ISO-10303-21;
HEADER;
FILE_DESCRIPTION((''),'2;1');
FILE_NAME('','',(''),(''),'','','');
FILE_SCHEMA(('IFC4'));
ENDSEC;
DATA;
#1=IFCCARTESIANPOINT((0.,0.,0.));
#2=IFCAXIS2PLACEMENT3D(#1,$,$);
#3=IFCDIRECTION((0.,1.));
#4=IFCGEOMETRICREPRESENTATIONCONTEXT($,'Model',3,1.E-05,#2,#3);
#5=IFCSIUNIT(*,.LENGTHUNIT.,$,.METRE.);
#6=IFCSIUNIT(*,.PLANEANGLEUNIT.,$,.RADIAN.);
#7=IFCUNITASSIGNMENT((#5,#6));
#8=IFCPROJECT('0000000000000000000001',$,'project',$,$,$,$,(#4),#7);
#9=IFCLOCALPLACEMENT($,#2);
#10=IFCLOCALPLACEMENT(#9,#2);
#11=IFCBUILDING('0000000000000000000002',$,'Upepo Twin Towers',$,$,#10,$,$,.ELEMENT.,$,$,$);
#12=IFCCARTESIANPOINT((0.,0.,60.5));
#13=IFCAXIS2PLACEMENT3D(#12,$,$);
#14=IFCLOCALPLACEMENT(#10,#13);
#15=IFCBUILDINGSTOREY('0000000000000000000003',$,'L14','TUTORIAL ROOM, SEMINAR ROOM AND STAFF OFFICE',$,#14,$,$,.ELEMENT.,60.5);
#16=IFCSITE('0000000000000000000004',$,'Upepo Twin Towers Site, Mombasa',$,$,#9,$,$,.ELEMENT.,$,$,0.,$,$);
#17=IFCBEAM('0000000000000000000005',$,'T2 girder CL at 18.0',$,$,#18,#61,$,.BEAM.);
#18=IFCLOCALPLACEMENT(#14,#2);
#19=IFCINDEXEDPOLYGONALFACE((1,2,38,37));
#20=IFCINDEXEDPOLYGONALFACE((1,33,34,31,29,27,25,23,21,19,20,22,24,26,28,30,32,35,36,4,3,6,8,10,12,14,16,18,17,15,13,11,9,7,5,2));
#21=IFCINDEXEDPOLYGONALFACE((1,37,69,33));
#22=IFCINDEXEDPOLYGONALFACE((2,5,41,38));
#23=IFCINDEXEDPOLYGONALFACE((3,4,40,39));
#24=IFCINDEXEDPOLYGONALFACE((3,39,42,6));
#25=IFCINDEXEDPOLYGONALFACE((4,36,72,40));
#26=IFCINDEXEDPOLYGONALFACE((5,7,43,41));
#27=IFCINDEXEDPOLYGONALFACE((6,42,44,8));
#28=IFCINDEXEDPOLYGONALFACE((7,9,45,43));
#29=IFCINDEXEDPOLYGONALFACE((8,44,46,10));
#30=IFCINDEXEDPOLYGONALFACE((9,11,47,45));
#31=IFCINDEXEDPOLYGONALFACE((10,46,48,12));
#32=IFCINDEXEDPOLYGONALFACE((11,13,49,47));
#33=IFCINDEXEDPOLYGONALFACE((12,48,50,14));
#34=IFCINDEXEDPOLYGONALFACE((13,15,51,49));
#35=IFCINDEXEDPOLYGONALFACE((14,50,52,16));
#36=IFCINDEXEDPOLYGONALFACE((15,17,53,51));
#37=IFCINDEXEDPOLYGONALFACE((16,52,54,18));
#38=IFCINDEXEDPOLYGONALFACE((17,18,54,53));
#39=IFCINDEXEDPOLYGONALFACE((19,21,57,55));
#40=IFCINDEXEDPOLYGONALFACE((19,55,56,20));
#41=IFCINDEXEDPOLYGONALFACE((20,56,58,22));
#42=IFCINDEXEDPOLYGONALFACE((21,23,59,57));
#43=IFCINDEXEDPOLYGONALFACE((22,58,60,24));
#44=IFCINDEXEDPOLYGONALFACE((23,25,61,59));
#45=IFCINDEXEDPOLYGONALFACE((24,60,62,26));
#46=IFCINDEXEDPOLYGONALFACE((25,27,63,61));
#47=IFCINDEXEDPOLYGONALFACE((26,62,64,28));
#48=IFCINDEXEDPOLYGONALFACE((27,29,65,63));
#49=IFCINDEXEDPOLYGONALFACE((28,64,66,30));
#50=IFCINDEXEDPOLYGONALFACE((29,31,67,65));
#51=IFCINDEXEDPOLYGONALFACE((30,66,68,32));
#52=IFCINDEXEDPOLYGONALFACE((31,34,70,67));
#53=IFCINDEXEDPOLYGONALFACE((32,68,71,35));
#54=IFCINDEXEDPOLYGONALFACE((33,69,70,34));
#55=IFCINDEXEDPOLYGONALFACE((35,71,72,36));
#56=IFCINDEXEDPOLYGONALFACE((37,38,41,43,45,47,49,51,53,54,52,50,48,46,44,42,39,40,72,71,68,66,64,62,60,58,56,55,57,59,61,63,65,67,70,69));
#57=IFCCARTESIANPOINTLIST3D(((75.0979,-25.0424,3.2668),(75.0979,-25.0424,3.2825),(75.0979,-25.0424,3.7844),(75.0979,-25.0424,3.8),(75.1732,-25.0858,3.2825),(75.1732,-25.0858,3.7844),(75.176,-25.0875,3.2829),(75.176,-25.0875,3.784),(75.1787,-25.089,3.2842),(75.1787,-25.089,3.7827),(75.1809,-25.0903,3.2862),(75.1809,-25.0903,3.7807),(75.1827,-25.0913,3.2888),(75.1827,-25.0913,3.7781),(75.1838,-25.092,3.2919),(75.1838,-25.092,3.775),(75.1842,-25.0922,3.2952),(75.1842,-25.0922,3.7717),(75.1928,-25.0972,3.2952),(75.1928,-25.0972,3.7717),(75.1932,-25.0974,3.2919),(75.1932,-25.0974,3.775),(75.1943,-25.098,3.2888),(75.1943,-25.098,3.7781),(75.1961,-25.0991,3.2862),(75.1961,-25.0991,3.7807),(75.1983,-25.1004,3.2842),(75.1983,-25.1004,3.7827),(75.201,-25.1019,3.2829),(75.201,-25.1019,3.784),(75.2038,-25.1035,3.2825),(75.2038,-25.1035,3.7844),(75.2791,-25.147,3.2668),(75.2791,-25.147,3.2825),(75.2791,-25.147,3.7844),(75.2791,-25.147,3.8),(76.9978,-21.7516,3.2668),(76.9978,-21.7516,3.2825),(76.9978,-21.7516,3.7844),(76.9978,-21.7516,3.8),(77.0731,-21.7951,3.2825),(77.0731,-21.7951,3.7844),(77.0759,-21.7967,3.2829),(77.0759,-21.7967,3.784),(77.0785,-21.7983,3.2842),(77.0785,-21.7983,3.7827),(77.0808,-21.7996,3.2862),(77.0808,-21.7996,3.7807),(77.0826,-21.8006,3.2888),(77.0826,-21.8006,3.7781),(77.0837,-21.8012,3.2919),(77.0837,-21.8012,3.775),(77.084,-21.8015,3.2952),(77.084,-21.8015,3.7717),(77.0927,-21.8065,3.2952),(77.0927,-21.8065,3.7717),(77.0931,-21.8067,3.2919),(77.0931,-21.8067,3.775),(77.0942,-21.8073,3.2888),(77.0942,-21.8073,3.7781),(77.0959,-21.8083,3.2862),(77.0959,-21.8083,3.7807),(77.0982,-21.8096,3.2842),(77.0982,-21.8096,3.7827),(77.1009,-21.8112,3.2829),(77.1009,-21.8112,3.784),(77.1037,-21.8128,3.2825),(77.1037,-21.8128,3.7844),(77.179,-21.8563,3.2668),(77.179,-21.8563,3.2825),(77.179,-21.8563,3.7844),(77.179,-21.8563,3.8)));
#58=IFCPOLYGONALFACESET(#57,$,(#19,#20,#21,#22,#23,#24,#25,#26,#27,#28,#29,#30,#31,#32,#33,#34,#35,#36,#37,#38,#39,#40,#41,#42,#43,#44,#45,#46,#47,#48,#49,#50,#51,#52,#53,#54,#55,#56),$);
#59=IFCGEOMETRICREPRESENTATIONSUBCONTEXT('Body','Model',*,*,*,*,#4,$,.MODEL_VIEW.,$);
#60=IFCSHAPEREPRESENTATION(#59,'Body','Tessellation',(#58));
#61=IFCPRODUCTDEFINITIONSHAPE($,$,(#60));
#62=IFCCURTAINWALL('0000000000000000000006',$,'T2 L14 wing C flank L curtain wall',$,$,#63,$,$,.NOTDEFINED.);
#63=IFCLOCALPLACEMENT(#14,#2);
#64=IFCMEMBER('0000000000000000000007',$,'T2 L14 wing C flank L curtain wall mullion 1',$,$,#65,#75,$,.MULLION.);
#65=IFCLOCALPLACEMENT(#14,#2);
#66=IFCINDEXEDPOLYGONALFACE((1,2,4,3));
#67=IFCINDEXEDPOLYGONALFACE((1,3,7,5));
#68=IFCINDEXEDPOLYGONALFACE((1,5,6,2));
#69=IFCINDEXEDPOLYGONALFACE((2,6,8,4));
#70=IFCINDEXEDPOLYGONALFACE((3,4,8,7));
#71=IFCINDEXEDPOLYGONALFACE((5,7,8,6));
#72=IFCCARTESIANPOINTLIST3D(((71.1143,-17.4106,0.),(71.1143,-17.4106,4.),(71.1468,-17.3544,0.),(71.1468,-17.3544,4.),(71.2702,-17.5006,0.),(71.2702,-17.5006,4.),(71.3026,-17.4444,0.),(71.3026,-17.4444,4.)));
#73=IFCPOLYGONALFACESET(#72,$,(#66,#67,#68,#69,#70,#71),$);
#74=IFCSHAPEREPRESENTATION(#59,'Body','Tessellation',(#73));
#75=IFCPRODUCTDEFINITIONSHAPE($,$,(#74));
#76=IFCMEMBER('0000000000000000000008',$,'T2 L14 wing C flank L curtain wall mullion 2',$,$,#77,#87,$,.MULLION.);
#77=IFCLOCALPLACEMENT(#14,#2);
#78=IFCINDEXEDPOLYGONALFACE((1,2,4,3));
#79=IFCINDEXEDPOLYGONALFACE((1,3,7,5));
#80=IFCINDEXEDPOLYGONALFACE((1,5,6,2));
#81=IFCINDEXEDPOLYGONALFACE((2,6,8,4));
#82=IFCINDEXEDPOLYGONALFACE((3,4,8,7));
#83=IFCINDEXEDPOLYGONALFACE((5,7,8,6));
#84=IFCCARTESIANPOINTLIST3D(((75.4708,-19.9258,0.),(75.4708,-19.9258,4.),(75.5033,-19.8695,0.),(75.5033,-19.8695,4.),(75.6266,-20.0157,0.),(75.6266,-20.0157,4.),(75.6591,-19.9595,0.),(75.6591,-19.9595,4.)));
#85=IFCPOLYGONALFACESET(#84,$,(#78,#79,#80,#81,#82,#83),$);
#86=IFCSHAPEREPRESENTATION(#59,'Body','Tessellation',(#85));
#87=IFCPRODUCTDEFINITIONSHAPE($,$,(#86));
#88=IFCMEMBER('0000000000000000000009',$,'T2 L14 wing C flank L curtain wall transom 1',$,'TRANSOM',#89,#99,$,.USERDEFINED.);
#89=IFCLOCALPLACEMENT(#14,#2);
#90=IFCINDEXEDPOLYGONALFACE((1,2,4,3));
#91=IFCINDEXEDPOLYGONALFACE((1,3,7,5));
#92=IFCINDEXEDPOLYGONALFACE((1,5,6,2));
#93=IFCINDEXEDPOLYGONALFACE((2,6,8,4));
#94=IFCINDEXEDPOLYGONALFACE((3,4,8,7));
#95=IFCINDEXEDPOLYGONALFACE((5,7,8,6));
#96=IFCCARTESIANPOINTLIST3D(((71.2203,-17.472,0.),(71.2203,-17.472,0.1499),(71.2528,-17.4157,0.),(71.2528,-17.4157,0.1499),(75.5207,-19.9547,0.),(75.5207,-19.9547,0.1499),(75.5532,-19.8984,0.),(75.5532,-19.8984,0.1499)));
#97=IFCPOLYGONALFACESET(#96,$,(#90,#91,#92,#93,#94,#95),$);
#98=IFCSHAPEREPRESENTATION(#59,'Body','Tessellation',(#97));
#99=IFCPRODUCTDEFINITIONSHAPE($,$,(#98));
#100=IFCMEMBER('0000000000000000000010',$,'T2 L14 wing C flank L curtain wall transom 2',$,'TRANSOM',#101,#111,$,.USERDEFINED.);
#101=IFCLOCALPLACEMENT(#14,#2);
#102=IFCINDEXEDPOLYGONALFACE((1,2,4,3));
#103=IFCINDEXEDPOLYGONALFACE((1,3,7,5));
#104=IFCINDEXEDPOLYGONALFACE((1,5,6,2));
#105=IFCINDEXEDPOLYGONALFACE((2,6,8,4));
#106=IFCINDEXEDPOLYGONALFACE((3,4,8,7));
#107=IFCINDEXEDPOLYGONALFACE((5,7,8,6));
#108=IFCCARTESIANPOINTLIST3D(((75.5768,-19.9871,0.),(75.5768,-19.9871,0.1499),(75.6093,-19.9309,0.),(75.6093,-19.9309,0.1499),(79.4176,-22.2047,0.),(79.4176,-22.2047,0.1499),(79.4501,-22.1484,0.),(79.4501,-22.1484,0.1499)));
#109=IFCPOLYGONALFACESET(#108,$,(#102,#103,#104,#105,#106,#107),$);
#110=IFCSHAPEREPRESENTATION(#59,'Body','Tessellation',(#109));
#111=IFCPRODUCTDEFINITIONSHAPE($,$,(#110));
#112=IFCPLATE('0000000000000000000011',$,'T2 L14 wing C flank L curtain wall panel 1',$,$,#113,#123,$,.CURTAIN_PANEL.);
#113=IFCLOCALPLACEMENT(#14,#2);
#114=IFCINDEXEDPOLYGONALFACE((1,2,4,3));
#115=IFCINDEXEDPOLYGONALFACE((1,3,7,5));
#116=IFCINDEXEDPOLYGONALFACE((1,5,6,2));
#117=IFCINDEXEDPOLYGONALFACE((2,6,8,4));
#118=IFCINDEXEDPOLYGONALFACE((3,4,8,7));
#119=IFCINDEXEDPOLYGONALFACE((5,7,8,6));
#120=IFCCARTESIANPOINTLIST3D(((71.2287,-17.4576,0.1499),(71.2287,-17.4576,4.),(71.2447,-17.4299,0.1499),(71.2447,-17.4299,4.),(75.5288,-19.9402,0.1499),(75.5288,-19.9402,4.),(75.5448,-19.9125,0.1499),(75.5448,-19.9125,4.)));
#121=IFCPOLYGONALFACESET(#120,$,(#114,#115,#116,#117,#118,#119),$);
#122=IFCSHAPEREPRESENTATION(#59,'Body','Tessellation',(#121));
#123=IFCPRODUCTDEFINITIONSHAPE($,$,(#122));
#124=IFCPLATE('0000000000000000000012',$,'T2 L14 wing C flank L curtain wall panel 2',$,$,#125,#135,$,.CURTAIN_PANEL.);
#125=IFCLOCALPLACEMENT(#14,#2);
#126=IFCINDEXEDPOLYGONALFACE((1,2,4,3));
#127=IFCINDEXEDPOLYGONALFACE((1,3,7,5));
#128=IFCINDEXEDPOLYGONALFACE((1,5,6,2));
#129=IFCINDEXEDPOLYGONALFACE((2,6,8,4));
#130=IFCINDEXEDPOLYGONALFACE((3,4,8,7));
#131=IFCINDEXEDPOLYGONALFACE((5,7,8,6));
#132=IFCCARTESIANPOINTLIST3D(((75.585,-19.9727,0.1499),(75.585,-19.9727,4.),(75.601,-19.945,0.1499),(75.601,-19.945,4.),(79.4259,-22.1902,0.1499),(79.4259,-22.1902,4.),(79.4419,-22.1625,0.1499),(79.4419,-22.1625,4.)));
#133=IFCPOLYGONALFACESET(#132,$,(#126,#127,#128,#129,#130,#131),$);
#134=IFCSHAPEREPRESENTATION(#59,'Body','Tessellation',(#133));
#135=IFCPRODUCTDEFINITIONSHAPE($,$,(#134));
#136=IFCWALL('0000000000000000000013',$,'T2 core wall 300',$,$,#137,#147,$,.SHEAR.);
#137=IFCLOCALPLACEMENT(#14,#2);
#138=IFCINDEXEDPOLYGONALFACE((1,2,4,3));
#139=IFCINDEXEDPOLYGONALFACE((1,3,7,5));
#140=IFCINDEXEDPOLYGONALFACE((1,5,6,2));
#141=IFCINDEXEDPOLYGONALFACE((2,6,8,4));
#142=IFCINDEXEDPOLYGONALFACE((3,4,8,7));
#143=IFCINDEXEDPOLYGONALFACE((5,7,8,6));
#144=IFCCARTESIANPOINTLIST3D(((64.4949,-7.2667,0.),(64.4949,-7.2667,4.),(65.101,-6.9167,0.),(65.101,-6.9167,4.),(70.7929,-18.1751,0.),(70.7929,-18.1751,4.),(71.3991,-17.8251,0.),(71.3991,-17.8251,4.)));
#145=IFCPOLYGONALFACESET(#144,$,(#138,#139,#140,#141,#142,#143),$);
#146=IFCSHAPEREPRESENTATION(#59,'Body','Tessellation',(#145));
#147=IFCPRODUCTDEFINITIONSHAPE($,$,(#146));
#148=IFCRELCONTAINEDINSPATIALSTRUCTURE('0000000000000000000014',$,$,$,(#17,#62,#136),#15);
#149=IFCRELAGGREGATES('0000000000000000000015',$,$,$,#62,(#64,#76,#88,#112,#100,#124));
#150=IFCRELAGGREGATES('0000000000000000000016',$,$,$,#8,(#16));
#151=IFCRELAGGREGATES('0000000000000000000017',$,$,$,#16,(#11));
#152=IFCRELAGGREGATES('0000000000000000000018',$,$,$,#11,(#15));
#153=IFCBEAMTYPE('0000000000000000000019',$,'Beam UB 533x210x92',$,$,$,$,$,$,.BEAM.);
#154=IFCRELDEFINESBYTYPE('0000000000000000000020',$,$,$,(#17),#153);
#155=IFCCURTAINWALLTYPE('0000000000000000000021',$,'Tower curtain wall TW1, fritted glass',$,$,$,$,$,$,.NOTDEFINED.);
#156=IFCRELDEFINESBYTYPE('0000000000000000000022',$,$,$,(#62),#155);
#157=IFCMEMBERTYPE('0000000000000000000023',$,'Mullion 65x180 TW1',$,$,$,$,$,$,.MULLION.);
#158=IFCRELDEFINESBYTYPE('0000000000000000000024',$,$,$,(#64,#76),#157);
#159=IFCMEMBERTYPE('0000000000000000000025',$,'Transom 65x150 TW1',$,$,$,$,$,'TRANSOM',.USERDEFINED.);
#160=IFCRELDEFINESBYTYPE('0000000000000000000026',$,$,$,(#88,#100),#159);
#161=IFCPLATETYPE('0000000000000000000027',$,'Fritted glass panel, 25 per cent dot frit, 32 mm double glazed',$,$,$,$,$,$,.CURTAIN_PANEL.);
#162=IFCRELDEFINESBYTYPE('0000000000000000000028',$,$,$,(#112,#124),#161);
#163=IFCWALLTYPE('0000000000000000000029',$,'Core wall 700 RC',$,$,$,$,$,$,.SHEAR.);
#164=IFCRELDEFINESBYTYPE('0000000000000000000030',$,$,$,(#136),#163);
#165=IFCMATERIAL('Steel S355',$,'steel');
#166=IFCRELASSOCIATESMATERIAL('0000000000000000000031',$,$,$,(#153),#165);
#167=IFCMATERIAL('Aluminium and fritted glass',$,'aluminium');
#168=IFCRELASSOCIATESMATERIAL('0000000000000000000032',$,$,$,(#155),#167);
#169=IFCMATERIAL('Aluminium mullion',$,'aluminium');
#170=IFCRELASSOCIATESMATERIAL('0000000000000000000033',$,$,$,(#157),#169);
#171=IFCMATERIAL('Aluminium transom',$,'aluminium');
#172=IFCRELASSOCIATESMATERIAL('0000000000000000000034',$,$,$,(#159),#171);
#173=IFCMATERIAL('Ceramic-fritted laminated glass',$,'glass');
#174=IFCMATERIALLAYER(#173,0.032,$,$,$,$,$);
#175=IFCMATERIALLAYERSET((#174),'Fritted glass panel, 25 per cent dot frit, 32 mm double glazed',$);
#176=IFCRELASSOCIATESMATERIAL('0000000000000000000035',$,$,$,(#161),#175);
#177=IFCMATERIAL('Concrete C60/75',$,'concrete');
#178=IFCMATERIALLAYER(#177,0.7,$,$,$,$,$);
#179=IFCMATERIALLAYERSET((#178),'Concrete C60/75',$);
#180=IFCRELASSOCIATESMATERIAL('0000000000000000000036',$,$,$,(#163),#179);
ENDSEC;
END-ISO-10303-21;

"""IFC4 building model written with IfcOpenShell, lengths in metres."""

from ifc_helpers import new_model, si_unit, direction, frame, frame_2d, origin, origin_2d, place, context, subcontext, project, spatial, rectangle, i_section, extrude, material, layer, layer_set, material_profile, profile_set, type_object, element, aggregate, save


model = new_model("IFC4")

# Units and contexts
model_context = context("Model", 3, precision=1e-05, world=origin(), true_north=direction((0.0, 1.0)))
body_context = subcontext(model_context, "Body", "Model", "MODEL_VIEW")
ifc_project = project(units=[si_unit("LENGTHUNIT", "METRE"), si_unit("PLANEANGLEUNIT", "RADIAN")], contexts=[model_context])

# Site, building, storey
site_placement = place(None, origin())
site = spatial("IfcSite", under=ifc_project, at=site_placement, Name="Upepo Twin Towers Site, Mombasa", CompositionType="ELEMENT", RefElevation=0.0)
building_placement = place(site_placement, origin())
building = spatial("IfcBuilding", under=site, at=building_placement, Name="Upepo Twin Towers", CompositionType="ELEMENT")
storey_placement = place(building_placement, frame((0.0, 0.0, 60.5)))
storey = spatial("IfcBuildingStorey", under=building, at=storey_placement, Name="L14", Description="TUTORIAL ROOM, SEMINAR ROOM AND STAFF OFFICE", CompositionType="ELEMENT", Elevation=60.5)

# Beam
ifc_material_1 = material(Name="Steel S355", Category="steel")
ifc_material_profile_1 = material_profile(ifc_material_1, i_section(OverallWidth=0.2092, OverallDepth=0.5332, WebThickness=0.01, FlangeThickness=0.0156, FilletRadius=0.0127, at=origin_2d()), Name="UB 533x210x92")
ifc_profile_set_1 = profile_set([ifc_material_profile_1], Name="Steel S355")
beam_type_1 = type_object("IfcBeamType", Name="Beam UB 533x210x92", PredefinedType="BEAM", material=ifc_profile_set_1)
beam_1_placement = place(storey_placement, frame((77.0884, -21.804, 3.5334), z_axis=(-0.499995, -0.866028, 0.0), x_axis=(0.866028, -0.499995, 0.0)))
element("IfcBeam", 1, at=beam_1_placement, inside=storey, type_object=beam_type_1, Name="T2 girder CL at 18.0", PredefinedType="BEAM", context=body_context, shape_type="SweptSolid", body=[
    extrude(i_section(OverallWidth=0.2092, OverallDepth=0.5332, WebThickness=0.01, FlangeThickness=0.0156, FilletRadius=0.0127, at=origin_2d()), origin(), (0.0, 0.0, 1.0), 3.7998),
])

# Curtain wall, members, plates
ifc_material_2 = material(Name="Aluminium and fritted glass", Category="aluminium")
curtain_wall_type = type_object("IfcCurtainWallType", Name="Tower curtain wall TW1, fritted glass", PredefinedType="NOTDEFINED", material=ifc_material_2)
curtain_wall_placement = place(storey_placement, origin())
curtain_wall = element("IfcCurtainWall", 2, at=curtain_wall_placement, inside=storey, type_object=curtain_wall_type, Name="T2 L14 wing C flank L curtain wall", PredefinedType="NOTDEFINED")
ifc_material_3 = material(Name="Aluminium mullion", Category="aluminium")
ifc_material_profile_2 = material_profile(ifc_material_3, rectangle(XDim=0.0649, YDim=0.1799, at=origin_2d()), Name="MULLION 65x180")
ifc_profile_set_2 = profile_set([ifc_material_profile_2], Name="Aluminium mullion")
member_type_1 = type_object("IfcMemberType", Name="Mullion 65x180 TW1", PredefinedType="MULLION", material=ifc_profile_set_2)
member_1_placement = place(storey_placement, frame((71.2085, -17.4275, 0.0), z_axis=(0.0, 0.0, 1.0), x_axis=(0.5, 0.866025, 0.0)))
member_1 = element("IfcMember", 3, at=member_1_placement, type_object=member_type_1, Name="T2 L14 wing C flank L curtain wall mullion 1", PredefinedType="MULLION", context=body_context, shape_type="SweptSolid", body=[
    extrude(rectangle(XDim=0.0649, YDim=0.1799, at=origin_2d()), origin(), (0.0, 0.0, 1.0), 4.0),
])
member_2_placement = place(storey_placement, frame((75.5649, -19.9426, 0.0), z_axis=(0.0, 0.0, 1.0), x_axis=(0.5, 0.866025, 0.0)))
member_2 = element("IfcMember", 4, at=member_2_placement, type_object=member_type_1, Name="T2 L14 wing C flank L curtain wall mullion 2", PredefinedType="MULLION", context=body_context, shape_type="SweptSolid", body=[
    extrude(rectangle(XDim=0.0649, YDim=0.1799, at=origin_2d()), origin(), (0.0, 0.0, 1.0), 4.0),
])
ifc_material_4 = material(Name="Aluminium transom", Category="aluminium")
ifc_material_profile_3 = material_profile(ifc_material_4, rectangle(XDim=0.0649, YDim=0.1499, at=origin_2d()), Name="TRANSOM 65x150")
ifc_profile_set_3 = profile_set([ifc_material_profile_3], Name="Aluminium transom")
member_type_2 = type_object("IfcMemberType", Name="Transom 65x150 TW1", ElementType="TRANSOM", PredefinedType="USERDEFINED", material=ifc_profile_set_3)
member_3_placement = place(storey_placement, frame((71.2366, -17.4438, 0.075), z_axis=(0.866035, -0.499983, 0.0), x_axis=(0.499983, 0.866035, 0.0)))
member_3 = element("IfcMember", 5, at=member_3_placement, type_object=member_type_2, Name="T2 L14 wing C flank L curtain wall transom 1", ObjectType="TRANSOM", PredefinedType="USERDEFINED", context=body_context, shape_type="SweptSolid", body=[
    extrude(rectangle(XDim=0.0649, YDim=0.1499, at=origin_2d()), origin(), (0.0, 0.0, 1.0), 4.9656),
])
member_4_placement = place(storey_placement, frame((75.593, -19.959, 0.075), z_axis=(0.866022, -0.500005, 0.0), x_axis=(0.500005, 0.866022, 0.0)))
member_4 = element("IfcMember", 6, at=member_4_placement, type_object=member_type_2, Name="T2 L14 wing C flank L curtain wall transom 2", ObjectType="TRANSOM", PredefinedType="USERDEFINED", context=body_context, shape_type="SweptSolid", body=[
    extrude(rectangle(XDim=0.0649, YDim=0.1499, at=origin_2d()), origin(), (0.0, 0.0, 1.0), 4.4351),
])
ifc_material_5 = material(Name="Ceramic-fritted laminated glass", Category="glass")
ifc_layer_1 = layer(ifc_material_5, 0.032)
ifc_layer_set_1 = layer_set([ifc_layer_1], Name="Fritted glass panel, 25 per cent dot frit, 32 mm double glazed")
plate_type = type_object("IfcPlateType", Name="Fritted glass panel, 25 per cent dot frit, 32 mm double glazed", PredefinedType="CURTAIN_PANEL", material=ifc_layer_set_1)
plate_1_placement = place(storey_placement, frame((73.3867, -18.6851, 0.1499), z_axis=(0.0, 0.0, 1.0), x_axis=(0.866025, -0.5, 0.0)))
plate_1 = element("IfcPlate", 7, at=plate_1_placement, type_object=plate_type, Name="T2 L14 wing C flank L curtain wall panel 1", PredefinedType="CURTAIN_PANEL", context=body_context, shape_type="SweptSolid", body=[
    extrude(rectangle(XDim=4.9653, YDim=0.032, at=origin_2d()), origin(), (0.0, 0.0, 1.0), 3.8501),
])
plate_2_placement = place(storey_placement, frame((77.5134, -21.0676, 0.1499), z_axis=(0.0, 0.0, 1.0), x_axis=(0.866025, -0.5, 0.0)))
plate_2 = element("IfcPlate", 8, at=plate_2_placement, type_object=plate_type, Name="T2 L14 wing C flank L curtain wall panel 2", PredefinedType="CURTAIN_PANEL", context=body_context, shape_type="SweptSolid", body=[
    extrude(rectangle(XDim=4.4351, YDim=0.032, at=origin_2d()), origin(), (0.0, 0.0, 1.0), 3.8501),
])
aggregate(curtain_wall, [member_1, member_2, member_3, plate_1, member_4, plate_2])

# Wall
ifc_material_6 = material(Name="Concrete C60/75", Category="concrete")
ifc_layer_2 = layer(ifc_material_6, 0.7)
ifc_layer_set_2 = layer_set([ifc_layer_2], Name="Concrete C60/75")
wall_type_1 = type_object("IfcWallType", Name="Core wall 700 RC", PredefinedType="SHEAR", material=ifc_layer_set_2)
wall_1_placement = place(storey_placement, frame((71.0959, -18.0, 0.0), z_axis=(0.0, 0.0, 1.0), x_axis=(-0.500006, 0.866022, 0.0)))
element("IfcWall", 9, at=wall_1_placement, inside=storey, type_object=wall_type_1, Name="T2 core wall 300", PredefinedType="SHEAR", context=body_context, shape_type="SweptSolid", body=[
    extrude(rectangle(XDim=12.5959, YDim=0.7, at=frame_2d((6.2979, 0.0))), origin(), (0.0, 0.0, 1.0), 4.0),
])

save(model, "model.ifc")
